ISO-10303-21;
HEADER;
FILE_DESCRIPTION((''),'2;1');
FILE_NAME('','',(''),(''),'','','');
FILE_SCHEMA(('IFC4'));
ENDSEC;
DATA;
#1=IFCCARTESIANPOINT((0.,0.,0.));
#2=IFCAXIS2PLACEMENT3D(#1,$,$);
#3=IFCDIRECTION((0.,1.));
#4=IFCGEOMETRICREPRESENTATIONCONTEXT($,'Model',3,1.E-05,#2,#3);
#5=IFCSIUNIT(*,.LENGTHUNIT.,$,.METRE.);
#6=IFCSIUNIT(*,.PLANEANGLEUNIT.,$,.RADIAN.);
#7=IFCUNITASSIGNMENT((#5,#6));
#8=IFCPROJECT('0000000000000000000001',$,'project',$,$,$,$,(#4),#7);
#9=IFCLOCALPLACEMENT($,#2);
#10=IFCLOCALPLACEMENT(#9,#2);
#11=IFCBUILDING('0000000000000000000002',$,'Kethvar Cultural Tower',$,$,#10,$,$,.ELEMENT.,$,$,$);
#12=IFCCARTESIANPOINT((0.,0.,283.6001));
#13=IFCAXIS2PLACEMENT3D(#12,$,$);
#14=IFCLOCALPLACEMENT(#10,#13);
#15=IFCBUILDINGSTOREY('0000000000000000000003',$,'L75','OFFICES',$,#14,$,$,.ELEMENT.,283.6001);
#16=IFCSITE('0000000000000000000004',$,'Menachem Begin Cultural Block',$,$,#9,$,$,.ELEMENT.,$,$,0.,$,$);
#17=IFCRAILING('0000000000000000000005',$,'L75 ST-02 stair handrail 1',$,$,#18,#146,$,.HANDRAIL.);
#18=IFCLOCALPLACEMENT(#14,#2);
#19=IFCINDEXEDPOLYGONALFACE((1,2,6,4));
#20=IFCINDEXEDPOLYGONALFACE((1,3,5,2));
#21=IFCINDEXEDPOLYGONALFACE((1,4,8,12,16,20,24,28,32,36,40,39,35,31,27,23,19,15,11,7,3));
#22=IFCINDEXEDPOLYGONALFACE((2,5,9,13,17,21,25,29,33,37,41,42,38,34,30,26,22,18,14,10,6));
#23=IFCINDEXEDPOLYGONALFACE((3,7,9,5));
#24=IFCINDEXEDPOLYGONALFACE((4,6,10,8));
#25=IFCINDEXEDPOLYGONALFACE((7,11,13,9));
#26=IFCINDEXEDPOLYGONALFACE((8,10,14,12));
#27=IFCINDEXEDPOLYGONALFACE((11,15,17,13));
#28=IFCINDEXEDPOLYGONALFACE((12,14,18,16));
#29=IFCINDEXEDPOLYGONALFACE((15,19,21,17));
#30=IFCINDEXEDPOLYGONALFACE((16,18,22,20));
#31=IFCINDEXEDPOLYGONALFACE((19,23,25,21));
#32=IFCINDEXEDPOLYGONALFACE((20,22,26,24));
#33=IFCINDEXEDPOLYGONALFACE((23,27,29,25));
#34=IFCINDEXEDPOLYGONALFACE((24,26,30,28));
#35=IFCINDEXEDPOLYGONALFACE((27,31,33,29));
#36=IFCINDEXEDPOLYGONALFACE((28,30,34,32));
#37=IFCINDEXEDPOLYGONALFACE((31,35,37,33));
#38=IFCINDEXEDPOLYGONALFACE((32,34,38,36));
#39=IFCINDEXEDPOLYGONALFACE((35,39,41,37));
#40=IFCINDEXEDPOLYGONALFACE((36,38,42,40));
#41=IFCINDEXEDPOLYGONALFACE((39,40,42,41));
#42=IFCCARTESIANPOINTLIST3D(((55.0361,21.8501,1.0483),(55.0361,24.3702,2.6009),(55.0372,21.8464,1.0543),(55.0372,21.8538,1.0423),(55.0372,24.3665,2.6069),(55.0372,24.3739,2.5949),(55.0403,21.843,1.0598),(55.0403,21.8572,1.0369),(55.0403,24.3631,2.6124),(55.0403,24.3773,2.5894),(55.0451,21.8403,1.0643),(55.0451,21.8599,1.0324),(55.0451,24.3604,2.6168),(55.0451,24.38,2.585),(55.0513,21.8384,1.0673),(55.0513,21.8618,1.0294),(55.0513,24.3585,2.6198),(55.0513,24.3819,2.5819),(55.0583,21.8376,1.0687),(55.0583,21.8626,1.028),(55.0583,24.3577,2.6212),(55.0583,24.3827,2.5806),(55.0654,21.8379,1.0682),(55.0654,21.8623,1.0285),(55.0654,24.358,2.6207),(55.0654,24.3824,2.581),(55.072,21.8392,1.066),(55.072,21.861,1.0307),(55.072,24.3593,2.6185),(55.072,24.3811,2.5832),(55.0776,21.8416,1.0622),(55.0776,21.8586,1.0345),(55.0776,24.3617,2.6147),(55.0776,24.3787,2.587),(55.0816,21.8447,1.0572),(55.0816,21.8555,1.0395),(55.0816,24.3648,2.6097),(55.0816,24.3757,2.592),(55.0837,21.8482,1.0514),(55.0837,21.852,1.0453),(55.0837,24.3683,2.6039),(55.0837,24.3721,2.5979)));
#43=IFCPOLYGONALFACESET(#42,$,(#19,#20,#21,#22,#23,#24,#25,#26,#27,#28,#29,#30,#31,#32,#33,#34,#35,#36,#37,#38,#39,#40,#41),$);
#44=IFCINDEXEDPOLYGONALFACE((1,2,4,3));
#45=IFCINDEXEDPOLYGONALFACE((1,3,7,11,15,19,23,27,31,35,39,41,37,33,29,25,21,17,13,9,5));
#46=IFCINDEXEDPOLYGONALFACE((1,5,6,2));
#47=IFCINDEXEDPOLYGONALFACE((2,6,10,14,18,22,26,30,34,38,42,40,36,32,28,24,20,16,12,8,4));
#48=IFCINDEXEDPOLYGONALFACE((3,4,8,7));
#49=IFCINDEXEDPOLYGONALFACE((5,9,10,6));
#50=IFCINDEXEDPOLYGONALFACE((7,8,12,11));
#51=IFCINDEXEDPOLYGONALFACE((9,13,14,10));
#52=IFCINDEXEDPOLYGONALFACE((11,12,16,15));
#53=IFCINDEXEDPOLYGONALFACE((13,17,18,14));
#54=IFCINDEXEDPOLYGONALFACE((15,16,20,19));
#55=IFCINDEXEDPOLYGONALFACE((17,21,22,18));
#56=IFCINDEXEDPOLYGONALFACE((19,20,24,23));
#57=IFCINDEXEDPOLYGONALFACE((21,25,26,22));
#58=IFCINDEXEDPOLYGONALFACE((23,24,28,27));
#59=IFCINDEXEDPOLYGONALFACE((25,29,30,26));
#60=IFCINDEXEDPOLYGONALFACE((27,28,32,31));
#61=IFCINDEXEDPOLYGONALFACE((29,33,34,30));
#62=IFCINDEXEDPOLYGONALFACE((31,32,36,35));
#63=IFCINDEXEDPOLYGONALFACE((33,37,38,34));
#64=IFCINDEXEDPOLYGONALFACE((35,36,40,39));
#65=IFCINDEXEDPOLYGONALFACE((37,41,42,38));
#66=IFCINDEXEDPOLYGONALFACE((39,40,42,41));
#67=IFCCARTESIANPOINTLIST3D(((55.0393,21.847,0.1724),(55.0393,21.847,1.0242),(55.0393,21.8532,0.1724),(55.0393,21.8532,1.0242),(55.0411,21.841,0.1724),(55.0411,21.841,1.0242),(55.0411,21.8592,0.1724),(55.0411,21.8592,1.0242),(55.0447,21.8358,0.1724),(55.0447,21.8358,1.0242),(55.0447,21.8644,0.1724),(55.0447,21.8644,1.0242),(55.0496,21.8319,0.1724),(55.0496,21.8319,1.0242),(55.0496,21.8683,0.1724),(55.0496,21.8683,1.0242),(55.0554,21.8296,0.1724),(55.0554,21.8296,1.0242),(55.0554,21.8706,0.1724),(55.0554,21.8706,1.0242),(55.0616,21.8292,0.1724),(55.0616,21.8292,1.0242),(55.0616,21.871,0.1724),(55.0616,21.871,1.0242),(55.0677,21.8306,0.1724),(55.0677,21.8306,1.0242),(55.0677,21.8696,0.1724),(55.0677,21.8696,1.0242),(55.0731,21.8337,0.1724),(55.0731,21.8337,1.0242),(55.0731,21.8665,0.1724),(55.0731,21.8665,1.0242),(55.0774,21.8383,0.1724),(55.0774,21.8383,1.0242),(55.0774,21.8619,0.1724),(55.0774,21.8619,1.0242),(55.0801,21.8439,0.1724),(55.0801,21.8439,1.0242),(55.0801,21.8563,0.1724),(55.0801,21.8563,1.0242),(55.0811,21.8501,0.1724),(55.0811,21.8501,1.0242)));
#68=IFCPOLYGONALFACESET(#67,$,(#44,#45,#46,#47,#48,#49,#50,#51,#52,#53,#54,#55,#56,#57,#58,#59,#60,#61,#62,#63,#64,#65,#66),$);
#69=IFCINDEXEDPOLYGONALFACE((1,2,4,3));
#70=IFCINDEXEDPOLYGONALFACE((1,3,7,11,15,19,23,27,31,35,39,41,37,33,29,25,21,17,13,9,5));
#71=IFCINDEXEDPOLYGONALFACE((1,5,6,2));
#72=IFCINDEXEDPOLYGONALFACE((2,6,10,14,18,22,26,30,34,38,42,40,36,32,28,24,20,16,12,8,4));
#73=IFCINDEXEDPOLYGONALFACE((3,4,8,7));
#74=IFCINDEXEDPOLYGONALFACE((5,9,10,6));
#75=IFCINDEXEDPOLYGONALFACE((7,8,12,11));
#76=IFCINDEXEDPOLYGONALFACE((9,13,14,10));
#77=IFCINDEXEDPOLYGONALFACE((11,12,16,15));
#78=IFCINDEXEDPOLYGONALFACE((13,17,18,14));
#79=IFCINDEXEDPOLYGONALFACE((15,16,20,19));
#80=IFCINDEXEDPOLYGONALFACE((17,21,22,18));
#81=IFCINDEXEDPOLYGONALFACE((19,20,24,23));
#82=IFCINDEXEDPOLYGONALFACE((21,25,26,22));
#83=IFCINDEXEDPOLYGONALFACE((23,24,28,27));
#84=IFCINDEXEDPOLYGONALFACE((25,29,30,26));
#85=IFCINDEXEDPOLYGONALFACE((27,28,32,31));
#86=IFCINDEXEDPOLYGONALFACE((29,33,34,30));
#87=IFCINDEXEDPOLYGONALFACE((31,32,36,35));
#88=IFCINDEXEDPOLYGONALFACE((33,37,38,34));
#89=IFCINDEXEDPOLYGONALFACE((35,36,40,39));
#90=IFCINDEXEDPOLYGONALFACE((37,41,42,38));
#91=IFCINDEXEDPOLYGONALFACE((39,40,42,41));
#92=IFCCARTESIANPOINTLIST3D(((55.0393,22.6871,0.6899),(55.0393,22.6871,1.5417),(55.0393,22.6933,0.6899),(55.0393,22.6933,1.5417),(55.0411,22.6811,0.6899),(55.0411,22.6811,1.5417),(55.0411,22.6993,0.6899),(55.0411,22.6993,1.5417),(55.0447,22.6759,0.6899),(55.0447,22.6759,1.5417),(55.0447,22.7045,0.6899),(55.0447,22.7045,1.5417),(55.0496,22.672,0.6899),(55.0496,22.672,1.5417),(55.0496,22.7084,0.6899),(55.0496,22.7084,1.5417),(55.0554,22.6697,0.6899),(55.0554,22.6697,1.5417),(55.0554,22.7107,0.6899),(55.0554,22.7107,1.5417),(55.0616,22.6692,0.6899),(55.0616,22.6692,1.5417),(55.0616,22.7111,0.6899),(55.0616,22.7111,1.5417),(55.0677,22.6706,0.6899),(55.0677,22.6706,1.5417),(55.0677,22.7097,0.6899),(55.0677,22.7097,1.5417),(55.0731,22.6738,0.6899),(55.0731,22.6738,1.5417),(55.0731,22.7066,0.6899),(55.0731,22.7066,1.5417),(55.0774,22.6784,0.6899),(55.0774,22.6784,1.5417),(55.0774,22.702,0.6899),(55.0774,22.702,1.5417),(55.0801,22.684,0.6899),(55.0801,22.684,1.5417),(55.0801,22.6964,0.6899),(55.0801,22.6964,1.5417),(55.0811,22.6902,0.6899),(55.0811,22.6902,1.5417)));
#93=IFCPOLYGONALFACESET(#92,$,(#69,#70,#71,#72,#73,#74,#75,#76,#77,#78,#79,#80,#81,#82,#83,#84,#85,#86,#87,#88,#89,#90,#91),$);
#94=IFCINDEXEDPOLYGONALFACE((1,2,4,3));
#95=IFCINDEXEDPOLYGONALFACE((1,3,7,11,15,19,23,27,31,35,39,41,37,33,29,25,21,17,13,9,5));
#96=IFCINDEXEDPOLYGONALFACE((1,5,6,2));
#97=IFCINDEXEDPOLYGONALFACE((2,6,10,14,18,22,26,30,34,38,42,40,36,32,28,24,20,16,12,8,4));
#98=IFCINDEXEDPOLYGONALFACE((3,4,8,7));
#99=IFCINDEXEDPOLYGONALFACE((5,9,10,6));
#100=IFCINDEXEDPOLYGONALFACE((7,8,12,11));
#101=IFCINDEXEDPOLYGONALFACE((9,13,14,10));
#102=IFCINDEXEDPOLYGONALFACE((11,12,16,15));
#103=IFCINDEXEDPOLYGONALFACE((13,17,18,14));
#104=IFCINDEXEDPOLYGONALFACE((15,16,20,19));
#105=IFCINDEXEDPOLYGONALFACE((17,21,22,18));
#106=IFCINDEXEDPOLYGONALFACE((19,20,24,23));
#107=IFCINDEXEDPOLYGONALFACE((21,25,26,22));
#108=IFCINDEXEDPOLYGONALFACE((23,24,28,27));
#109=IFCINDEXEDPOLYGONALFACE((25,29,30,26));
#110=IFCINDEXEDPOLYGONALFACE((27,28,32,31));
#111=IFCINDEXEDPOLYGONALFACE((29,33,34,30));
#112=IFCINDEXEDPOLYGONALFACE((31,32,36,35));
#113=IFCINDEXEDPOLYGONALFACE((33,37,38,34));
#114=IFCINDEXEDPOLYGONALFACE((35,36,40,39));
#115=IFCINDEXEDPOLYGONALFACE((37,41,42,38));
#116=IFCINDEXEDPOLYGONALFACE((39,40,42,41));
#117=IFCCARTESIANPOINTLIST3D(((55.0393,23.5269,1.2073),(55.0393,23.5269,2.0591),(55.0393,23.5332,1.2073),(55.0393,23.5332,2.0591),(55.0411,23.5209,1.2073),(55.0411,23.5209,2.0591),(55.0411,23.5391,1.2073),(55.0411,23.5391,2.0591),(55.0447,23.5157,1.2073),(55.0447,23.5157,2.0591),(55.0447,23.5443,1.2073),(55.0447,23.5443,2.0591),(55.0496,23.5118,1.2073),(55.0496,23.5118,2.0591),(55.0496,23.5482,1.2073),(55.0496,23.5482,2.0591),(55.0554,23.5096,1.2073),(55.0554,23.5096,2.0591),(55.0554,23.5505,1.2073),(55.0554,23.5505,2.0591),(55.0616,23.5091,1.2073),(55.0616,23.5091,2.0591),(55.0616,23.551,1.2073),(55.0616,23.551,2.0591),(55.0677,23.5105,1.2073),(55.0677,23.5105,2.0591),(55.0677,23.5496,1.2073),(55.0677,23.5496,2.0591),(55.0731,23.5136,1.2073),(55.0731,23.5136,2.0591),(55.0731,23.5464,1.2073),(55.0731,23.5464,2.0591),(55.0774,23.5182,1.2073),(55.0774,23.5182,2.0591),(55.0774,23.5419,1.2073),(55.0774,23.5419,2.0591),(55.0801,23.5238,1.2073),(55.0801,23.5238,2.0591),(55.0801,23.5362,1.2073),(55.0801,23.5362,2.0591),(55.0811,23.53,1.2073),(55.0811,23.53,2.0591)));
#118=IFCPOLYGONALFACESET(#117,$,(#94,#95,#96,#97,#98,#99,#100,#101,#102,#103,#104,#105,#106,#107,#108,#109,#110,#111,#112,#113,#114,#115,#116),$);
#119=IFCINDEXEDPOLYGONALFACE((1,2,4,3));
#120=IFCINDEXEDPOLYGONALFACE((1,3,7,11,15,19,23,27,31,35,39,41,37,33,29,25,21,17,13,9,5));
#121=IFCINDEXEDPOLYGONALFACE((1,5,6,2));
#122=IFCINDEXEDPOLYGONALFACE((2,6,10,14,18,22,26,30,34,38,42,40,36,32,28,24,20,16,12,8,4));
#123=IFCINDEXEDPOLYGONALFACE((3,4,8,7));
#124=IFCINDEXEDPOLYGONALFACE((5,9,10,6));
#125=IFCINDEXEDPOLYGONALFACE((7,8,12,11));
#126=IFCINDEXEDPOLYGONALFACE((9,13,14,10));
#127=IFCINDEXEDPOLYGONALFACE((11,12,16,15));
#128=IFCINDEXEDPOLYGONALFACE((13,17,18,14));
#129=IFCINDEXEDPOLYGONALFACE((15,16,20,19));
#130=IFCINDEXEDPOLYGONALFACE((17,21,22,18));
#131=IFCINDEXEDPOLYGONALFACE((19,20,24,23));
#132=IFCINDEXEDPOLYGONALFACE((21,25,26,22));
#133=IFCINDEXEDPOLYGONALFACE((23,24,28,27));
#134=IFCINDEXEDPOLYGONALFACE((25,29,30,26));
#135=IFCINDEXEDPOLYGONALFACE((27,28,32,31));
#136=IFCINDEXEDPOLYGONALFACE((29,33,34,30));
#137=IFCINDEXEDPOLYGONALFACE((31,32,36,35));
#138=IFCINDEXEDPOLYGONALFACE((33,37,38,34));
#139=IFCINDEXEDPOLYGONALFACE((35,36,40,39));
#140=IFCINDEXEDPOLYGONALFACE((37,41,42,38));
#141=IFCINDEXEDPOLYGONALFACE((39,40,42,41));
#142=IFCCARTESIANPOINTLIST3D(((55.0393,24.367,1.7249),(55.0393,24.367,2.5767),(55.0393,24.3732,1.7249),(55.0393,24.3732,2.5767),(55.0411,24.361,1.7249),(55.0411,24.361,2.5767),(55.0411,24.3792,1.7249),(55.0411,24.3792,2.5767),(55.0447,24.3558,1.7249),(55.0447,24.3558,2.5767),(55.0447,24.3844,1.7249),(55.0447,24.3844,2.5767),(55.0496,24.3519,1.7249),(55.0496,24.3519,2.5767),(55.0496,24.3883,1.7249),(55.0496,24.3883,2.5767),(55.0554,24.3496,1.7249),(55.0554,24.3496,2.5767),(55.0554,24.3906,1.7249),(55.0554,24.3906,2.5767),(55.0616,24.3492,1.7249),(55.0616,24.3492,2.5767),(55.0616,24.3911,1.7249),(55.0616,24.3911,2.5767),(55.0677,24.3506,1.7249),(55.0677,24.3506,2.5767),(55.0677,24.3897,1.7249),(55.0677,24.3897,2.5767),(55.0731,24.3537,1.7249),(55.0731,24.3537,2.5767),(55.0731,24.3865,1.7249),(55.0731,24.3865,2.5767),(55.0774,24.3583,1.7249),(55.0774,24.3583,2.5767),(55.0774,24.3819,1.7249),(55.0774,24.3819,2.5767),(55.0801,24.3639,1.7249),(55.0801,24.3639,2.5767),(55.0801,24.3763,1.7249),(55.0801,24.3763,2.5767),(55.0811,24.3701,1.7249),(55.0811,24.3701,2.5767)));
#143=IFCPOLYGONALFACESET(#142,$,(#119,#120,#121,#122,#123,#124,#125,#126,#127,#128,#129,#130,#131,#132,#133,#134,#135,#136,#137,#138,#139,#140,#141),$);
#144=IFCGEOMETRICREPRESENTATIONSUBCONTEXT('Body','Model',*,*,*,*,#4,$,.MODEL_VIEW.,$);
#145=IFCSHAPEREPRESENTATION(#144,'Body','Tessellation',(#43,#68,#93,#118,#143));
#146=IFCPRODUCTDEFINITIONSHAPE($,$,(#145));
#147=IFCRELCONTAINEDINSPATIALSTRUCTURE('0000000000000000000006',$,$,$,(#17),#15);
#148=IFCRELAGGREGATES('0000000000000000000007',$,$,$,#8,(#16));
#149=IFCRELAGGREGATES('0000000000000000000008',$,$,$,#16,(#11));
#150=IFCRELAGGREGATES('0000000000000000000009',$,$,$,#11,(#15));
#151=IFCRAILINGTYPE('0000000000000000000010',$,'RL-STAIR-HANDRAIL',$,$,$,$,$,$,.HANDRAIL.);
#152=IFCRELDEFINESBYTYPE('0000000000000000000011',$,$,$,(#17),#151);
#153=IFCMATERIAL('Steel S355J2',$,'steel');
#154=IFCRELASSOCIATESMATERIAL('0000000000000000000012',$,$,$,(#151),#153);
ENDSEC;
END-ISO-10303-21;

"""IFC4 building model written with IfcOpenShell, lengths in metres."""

from ifc_helpers import new_model, si_unit, direction, frame, origin, origin_2d, place, context, subcontext, project, spatial, circle, extrude, material, type_object, element, save


model = new_model("IFC4")

# Units and contexts
model_context = context("Model", 3, precision=1e-05, world=origin(), true_north=direction((0.0, 1.0)))
body_context = subcontext(model_context, "Body", "Model", "MODEL_VIEW")
ifc_project = project(units=[si_unit("LENGTHUNIT", "METRE"), si_unit("PLANEANGLEUNIT", "RADIAN")], contexts=[model_context])

# Site, building, storey
site_placement = place(None, origin())
site = spatial("IfcSite", under=ifc_project, at=site_placement, Name="Menachem Begin Cultural Block", CompositionType="ELEMENT", RefElevation=0.0)
building_placement = place(site_placement, origin())
building = spatial("IfcBuilding", under=site, at=building_placement, Name="Kethvar Cultural Tower", CompositionType="ELEMENT")
storey_placement = place(building_placement, frame((0.0, 0.0, 283.6001)))
storey = spatial("IfcBuildingStorey", under=building, at=storey_placement, Name="L75", Description="OFFICES", CompositionType="ELEMENT", Elevation=283.6001)

# Shared definitions
ifc_material_1 = material(Name="Steel S355J2", Category="steel")

# Railing
railing_type_1 = type_object("IfcRailingType", Name="RL-STAIR-HANDRAIL", PredefinedType="HANDRAIL", material=ifc_material_1)
railing_1_placement = place(storey_placement, frame((55.0601, 21.8501, 0.1724)))
element("IfcRailing", 1, at=railing_1_placement, inside=storey, type_object=railing_type_1, Name="L75 ST-02 stair handrail 1", PredefinedType="HANDRAIL", context=body_context, shape_type="SweptSolid", body=[
    extrude(circle(Radius=0.0239, at=origin_2d()), frame((0.0, 0.0, 0.876), z_axis=(0.0, 0.8514, 0.524516), x_axis=(-1.0, 0.0, 0.0)), (0.0, 0.0, 1.0), 2.96),
    extrude(circle(Radius=0.021, at=origin_2d()), origin(), (0.0, 0.0, 1.0), 0.8518),
    extrude(circle(Radius=0.021, at=origin_2d()), frame((0.0, 0.8401, 0.5176)), (0.0, 0.0, 1.0), 0.8518),
    extrude(circle(Radius=0.021, at=origin_2d()), frame((0.0, 1.6799, 1.0349)), (0.0, 0.0, 1.0), 0.8518),
    extrude(circle(Radius=0.021, at=origin_2d()), frame((0.0, 2.52, 1.5525)), (0.0, 0.0, 1.0), 0.8518),
])

save(model, "model.ifc")
